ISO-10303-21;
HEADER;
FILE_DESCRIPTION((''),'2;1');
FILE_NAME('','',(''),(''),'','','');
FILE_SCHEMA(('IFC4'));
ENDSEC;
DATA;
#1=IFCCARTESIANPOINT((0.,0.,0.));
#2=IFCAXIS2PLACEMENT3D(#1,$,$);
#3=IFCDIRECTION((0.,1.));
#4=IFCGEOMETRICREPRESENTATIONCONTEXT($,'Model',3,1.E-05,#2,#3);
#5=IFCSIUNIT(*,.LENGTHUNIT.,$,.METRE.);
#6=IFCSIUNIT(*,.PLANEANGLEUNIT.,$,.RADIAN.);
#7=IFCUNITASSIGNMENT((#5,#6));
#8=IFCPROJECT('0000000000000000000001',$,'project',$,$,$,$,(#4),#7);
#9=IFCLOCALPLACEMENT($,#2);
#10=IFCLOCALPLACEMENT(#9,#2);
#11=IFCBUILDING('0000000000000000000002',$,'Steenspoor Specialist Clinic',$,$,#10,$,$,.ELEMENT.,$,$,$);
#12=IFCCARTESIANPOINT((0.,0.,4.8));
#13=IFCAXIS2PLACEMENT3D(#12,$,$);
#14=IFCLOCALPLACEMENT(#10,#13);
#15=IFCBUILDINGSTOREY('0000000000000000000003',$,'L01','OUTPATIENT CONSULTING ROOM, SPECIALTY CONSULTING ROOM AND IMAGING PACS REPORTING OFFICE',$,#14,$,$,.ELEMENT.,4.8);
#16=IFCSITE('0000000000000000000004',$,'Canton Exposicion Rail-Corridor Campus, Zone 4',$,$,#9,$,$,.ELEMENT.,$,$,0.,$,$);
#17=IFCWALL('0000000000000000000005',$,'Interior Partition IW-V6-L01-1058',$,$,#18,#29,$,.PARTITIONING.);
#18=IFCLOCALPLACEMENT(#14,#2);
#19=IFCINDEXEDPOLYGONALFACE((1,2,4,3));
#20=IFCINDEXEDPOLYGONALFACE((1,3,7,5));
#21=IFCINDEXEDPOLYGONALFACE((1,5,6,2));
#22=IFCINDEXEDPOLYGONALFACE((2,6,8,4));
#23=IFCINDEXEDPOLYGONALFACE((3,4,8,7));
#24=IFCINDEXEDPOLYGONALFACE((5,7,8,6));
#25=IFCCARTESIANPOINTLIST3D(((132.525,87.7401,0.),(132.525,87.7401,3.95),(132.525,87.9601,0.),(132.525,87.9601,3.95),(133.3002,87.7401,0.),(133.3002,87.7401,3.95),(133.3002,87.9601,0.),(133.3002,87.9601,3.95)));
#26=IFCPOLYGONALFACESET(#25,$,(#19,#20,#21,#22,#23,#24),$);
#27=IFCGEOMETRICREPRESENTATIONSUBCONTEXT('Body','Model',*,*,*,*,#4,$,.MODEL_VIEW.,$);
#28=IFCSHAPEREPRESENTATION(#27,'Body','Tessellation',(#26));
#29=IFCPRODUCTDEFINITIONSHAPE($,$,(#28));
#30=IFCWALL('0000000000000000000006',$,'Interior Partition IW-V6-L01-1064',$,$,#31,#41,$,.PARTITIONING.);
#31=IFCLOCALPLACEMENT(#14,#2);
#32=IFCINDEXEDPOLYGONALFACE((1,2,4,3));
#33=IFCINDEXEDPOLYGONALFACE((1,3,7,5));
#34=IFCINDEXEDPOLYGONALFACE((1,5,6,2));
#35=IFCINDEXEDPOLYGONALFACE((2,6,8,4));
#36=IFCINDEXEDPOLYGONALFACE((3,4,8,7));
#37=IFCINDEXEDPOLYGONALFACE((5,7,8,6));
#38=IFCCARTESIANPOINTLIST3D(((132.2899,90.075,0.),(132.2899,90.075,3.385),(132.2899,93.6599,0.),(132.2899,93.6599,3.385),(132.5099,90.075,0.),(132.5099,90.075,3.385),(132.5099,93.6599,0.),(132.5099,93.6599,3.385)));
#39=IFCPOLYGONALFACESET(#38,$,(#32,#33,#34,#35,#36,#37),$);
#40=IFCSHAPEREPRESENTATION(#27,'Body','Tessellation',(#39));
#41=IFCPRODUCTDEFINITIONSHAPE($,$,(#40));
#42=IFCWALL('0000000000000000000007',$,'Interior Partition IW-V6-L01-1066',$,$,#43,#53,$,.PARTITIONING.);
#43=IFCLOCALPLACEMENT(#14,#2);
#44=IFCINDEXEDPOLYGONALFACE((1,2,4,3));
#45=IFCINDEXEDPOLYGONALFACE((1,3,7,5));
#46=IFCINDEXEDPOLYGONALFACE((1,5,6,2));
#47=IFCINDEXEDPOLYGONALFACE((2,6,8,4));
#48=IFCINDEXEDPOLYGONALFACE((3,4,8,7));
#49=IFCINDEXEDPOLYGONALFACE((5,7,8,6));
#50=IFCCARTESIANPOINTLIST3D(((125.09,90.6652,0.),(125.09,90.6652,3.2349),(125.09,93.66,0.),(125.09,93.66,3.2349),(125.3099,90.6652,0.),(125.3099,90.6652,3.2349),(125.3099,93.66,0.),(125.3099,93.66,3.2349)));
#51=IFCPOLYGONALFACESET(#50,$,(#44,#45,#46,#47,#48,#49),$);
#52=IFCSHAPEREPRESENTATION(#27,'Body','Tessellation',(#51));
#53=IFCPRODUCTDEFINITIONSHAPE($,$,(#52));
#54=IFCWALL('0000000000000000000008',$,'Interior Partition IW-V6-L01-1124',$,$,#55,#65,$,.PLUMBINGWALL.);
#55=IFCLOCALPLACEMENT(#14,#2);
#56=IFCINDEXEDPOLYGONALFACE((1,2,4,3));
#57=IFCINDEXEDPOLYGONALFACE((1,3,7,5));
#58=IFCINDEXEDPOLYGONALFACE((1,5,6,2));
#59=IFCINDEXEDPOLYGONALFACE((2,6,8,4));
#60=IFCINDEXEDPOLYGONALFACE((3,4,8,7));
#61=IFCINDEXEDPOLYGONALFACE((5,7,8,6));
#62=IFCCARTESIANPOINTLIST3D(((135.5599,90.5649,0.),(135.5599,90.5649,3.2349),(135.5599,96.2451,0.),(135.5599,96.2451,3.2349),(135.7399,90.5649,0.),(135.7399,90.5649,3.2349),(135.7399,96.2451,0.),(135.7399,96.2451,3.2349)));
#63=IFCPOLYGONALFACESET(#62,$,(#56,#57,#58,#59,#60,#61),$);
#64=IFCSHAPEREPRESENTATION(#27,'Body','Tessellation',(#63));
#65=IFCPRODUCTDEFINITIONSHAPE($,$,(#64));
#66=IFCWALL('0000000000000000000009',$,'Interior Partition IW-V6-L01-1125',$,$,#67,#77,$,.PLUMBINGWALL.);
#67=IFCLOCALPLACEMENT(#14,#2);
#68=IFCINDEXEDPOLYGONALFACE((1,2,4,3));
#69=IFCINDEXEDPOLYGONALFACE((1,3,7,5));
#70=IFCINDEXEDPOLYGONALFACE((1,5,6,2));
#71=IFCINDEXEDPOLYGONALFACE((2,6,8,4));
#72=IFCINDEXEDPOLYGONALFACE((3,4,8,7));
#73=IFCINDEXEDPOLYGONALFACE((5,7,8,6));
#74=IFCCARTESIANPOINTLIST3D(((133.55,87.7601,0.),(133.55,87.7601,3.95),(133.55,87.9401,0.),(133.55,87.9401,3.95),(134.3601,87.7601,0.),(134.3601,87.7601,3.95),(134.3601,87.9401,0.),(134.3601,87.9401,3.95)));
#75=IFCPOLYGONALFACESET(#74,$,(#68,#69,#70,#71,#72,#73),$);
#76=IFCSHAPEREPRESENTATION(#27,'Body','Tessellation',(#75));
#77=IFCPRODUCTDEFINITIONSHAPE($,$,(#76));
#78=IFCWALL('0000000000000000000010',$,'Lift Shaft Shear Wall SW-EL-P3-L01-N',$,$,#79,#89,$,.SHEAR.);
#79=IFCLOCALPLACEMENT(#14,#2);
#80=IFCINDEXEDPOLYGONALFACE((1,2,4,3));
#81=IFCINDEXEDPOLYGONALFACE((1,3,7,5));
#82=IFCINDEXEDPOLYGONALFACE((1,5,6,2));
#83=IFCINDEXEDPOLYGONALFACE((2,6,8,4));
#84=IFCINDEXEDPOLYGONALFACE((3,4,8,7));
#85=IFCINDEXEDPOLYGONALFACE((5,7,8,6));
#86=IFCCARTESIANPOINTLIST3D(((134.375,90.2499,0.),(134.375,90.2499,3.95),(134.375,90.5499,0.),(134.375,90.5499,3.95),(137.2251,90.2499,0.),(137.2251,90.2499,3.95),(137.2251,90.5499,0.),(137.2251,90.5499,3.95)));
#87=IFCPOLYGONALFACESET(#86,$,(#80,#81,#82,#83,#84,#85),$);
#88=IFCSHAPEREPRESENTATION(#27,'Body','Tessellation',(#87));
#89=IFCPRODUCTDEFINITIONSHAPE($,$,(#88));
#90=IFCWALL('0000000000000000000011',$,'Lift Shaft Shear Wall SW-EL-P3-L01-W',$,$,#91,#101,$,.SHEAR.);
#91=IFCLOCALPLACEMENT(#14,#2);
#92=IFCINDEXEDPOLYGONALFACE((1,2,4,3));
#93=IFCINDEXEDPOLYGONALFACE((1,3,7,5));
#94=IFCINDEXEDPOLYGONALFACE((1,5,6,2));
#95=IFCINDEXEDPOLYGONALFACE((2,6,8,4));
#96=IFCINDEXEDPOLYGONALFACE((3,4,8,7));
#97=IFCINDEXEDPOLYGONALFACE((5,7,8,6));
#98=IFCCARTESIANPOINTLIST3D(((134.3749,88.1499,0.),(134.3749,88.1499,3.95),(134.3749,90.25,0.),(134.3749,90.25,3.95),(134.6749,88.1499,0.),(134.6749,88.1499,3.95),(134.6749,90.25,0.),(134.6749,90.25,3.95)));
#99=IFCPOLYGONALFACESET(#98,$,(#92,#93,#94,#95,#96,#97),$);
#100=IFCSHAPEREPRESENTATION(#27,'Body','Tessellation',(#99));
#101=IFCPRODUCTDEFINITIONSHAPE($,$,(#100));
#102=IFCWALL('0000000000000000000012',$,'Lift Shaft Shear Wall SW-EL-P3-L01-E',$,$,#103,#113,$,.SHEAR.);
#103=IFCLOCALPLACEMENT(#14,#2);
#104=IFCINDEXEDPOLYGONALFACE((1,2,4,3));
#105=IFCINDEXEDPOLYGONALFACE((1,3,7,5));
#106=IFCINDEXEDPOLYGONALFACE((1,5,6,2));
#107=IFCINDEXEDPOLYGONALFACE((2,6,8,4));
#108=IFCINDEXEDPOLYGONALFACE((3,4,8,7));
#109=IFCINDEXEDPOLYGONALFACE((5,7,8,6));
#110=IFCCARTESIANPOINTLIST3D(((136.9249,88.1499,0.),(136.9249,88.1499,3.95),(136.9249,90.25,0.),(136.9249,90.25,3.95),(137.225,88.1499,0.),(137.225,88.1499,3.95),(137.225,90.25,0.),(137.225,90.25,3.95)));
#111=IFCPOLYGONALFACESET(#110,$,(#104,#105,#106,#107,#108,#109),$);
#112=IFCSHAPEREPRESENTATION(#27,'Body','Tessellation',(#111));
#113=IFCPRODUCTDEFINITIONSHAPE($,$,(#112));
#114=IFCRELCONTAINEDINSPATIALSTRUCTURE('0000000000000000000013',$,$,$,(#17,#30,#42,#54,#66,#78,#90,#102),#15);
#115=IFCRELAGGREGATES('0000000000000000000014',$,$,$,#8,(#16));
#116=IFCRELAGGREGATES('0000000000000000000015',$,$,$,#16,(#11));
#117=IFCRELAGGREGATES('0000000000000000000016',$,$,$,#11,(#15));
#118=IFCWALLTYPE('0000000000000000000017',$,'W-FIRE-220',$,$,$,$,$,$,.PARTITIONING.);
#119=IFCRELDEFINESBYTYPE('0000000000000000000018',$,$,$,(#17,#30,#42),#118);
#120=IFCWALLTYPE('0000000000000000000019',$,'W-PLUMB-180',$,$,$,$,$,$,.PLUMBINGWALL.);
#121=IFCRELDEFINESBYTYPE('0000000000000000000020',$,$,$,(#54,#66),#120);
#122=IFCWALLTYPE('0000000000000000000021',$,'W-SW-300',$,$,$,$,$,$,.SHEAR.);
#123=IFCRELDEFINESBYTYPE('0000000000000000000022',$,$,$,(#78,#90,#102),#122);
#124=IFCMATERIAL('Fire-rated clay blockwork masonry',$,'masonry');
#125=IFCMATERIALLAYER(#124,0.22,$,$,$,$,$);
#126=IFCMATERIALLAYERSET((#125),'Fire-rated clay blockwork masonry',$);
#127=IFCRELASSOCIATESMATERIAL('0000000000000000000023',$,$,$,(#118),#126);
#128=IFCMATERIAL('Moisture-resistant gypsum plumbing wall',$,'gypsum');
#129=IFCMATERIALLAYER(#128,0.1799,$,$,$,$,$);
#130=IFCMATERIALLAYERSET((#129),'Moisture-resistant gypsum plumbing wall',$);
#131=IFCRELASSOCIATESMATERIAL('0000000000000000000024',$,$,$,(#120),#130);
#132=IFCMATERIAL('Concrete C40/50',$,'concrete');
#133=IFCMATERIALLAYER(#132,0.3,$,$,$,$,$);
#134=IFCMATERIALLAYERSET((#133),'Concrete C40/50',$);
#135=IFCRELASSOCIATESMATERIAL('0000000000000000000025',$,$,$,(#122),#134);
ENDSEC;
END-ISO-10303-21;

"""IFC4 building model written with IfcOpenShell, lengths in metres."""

from ifc_helpers import new_model, si_unit, direction, frame, frame_2d, origin, place, context, subcontext, project, spatial, rectangle, extrude, material, layer, layer_set, type_object, element, save


model = new_model("IFC4")

# Units and contexts
model_context = context("Model", 3, precision=1e-05, world=origin(), true_north=direction((0.0, 1.0)))
body_context = subcontext(model_context, "Body", "Model", "MODEL_VIEW")
ifc_project = project(units=[si_unit("LENGTHUNIT", "METRE"), si_unit("PLANEANGLEUNIT", "RADIAN")], contexts=[model_context])

# Site, building, storey
site_placement = place(None, origin())
site = spatial("IfcSite", under=ifc_project, at=site_placement, Name="Canton Exposicion Rail-Corridor Campus, Zone 4", CompositionType="ELEMENT", RefElevation=0.0)
building_placement = place(site_placement, origin())
building = spatial("IfcBuilding", under=site, at=building_placement, Name="Steenspoor Specialist Clinic", CompositionType="ELEMENT")
storey_placement = place(building_placement, frame((0.0, 0.0, 4.8)))
storey = spatial("IfcBuildingStorey", under=building, at=storey_placement, Name="L01", Description="OUTPATIENT CONSULTING ROOM, SPECIALTY CONSULTING ROOM AND IMAGING PACS REPORTING OFFICE", CompositionType="ELEMENT", Elevation=4.8)

# Shared definitions
ifc_material_1 = material(Name="Concrete C40/50", Category="concrete")

# Shared definitions
ifc_material_2 = material(Name="Fire-rated clay blockwork masonry", Category="masonry")
ifc_layer_1 = layer(ifc_material_2, 0.22)
ifc_layer_set_1 = layer_set([ifc_layer_1], Name="Fire-rated clay blockwork masonry")
wall_type_1 = type_object("IfcWallType", Name="W-FIRE-220", PredefinedType="PARTITIONING", material=ifc_layer_set_1)

# Walls
wall_1_placement = place(storey_placement, frame((132.5249, 87.8501, 0.0), z_axis=(0.0, 0.0, 1.0), x_axis=(1.0, 0.0, 0.0)))
element("IfcWall", 1, at=wall_1_placement, inside=storey, type_object=wall_type_1, Name="Interior Partition IW-V6-L01-1058", PredefinedType="PARTITIONING", context=body_context, shape_type="SweptSolid", body=[
    extrude(rectangle(XDim=0.7751, YDim=0.22, at=frame_2d((0.3877, 0.0))), origin(), (0.0, 0.0, 1.0), 3.95),
])
wall_2_placement = place(storey_placement, frame((132.3999, 90.075, 0.0), z_axis=(0.0, 0.0, 1.0), x_axis=(0.0, 1.0, 0.0)))
element("IfcWall", 2, at=wall_2_placement, inside=storey, type_object=wall_type_1, Name="Interior Partition IW-V6-L01-1064", PredefinedType="PARTITIONING", context=body_context, shape_type="SweptSolid", body=[
    extrude(rectangle(XDim=3.585, YDim=0.22, at=frame_2d((1.7925, 0.0))), origin(), (0.0, 0.0, 1.0), 3.385),
])
wall_3_placement = place(storey_placement, frame((125.2, 90.665, 0.0), z_axis=(0.0, 0.0, 1.0), x_axis=(0.0, 1.0, 0.0)))
element("IfcWall", 3, at=wall_3_placement, inside=storey, type_object=wall_type_1, Name="Interior Partition IW-V6-L01-1066", PredefinedType="PARTITIONING", context=body_context, shape_type="SweptSolid", body=[
    extrude(rectangle(XDim=2.9949, YDim=0.22, at=frame_2d((1.4976, 0.0))), origin(), (0.0, 0.0, 1.0), 3.2349),
])
ifc_material_3 = material(Name="Moisture-resistant gypsum plumbing wall", Category="gypsum")
ifc_layer_2 = layer(ifc_material_3, 0.1799)
ifc_layer_set_2 = layer_set([ifc_layer_2], Name="Moisture-resistant gypsum plumbing wall")
wall_type_2 = type_object("IfcWallType", Name="W-PLUMB-180", PredefinedType="PLUMBINGWALL", material=ifc_layer_set_2)
wall_4_placement = place(storey_placement, frame((135.6499, 90.5649, 0.0), z_axis=(0.0, 0.0, 1.0), x_axis=(0.0, 1.0, 0.0)))
element("IfcWall", 4, at=wall_4_placement, inside=storey, type_object=wall_type_2, Name="Interior Partition IW-V6-L01-1124", PredefinedType="PLUMBINGWALL", context=body_context, shape_type="SweptSolid", body=[
    extrude(rectangle(XDim=5.6802, YDim=0.1799, at=frame_2d((2.8401, 0.0))), origin(), (0.0, 0.0, 1.0), 3.2349),
])
wall_5_placement = place(storey_placement, frame((133.55, 87.8501, 0.0), z_axis=(0.0, 0.0, 1.0), x_axis=(1.0, 0.0, 0.0)))
element("IfcWall", 5, at=wall_5_placement, inside=storey, type_object=wall_type_2, Name="Interior Partition IW-V6-L01-1125", PredefinedType="PLUMBINGWALL", context=body_context, shape_type="SweptSolid", body=[
    extrude(rectangle(XDim=0.8101, YDim=0.1799, at=frame_2d((0.405, 0.0))), origin(), (0.0, 0.0, 1.0), 3.95),
])

# Shared definitions
ifc_layer_3 = layer(ifc_material_1, 0.3)
ifc_layer_set_3 = layer_set([ifc_layer_3], Name="Concrete C40/50")
wall_type_3 = type_object("IfcWallType", Name="W-SW-300", PredefinedType="SHEAR", material=ifc_layer_set_3)

# Walls
wall_6_placement = place(storey_placement, frame((134.375, 90.3999, 0.0), z_axis=(0.0, 0.0, 1.0), x_axis=(1.0, 0.0, 0.0)))
element("IfcWall", 6, at=wall_6_placement, inside=storey, type_object=wall_type_3, Name="Lift Shaft Shear Wall SW-EL-P3-L01-N", PredefinedType="SHEAR", context=body_context, shape_type="SweptSolid", body=[
    extrude(rectangle(XDim=2.8501, YDim=0.3, at=frame_2d((1.425, 0.0))), origin(), (0.0, 0.0, 1.0), 3.95),
])
for number, where, z_axis, x_axis, name in (
    (7, (134.5249, 88.1499, 0.0), (0.0, 0.0, 1.0), (0.0, 1.0, 0.0), "Lift Shaft Shear Wall SW-EL-P3-L01-W"),
    (8, (137.075, 88.1499, 0.0), (0.0, 0.0, 1.0), (0.0, 1.0, 0.0), "Lift Shaft Shear Wall SW-EL-P3-L01-E"),
):
    element("IfcWall", number, at=place(storey_placement, frame(where, z_axis=z_axis, x_axis=x_axis)), inside=storey, type_object=wall_type_3, Name=name, PredefinedType="SHEAR", context=body_context, shape_type="SweptSolid", body=[
        extrude(rectangle(XDim=2.1001, YDim=0.3, at=frame_2d((1.05, 0.0))), origin(), (0.0, 0.0, 1.0), 3.95),
    ])

save(model, "model.ifc")
